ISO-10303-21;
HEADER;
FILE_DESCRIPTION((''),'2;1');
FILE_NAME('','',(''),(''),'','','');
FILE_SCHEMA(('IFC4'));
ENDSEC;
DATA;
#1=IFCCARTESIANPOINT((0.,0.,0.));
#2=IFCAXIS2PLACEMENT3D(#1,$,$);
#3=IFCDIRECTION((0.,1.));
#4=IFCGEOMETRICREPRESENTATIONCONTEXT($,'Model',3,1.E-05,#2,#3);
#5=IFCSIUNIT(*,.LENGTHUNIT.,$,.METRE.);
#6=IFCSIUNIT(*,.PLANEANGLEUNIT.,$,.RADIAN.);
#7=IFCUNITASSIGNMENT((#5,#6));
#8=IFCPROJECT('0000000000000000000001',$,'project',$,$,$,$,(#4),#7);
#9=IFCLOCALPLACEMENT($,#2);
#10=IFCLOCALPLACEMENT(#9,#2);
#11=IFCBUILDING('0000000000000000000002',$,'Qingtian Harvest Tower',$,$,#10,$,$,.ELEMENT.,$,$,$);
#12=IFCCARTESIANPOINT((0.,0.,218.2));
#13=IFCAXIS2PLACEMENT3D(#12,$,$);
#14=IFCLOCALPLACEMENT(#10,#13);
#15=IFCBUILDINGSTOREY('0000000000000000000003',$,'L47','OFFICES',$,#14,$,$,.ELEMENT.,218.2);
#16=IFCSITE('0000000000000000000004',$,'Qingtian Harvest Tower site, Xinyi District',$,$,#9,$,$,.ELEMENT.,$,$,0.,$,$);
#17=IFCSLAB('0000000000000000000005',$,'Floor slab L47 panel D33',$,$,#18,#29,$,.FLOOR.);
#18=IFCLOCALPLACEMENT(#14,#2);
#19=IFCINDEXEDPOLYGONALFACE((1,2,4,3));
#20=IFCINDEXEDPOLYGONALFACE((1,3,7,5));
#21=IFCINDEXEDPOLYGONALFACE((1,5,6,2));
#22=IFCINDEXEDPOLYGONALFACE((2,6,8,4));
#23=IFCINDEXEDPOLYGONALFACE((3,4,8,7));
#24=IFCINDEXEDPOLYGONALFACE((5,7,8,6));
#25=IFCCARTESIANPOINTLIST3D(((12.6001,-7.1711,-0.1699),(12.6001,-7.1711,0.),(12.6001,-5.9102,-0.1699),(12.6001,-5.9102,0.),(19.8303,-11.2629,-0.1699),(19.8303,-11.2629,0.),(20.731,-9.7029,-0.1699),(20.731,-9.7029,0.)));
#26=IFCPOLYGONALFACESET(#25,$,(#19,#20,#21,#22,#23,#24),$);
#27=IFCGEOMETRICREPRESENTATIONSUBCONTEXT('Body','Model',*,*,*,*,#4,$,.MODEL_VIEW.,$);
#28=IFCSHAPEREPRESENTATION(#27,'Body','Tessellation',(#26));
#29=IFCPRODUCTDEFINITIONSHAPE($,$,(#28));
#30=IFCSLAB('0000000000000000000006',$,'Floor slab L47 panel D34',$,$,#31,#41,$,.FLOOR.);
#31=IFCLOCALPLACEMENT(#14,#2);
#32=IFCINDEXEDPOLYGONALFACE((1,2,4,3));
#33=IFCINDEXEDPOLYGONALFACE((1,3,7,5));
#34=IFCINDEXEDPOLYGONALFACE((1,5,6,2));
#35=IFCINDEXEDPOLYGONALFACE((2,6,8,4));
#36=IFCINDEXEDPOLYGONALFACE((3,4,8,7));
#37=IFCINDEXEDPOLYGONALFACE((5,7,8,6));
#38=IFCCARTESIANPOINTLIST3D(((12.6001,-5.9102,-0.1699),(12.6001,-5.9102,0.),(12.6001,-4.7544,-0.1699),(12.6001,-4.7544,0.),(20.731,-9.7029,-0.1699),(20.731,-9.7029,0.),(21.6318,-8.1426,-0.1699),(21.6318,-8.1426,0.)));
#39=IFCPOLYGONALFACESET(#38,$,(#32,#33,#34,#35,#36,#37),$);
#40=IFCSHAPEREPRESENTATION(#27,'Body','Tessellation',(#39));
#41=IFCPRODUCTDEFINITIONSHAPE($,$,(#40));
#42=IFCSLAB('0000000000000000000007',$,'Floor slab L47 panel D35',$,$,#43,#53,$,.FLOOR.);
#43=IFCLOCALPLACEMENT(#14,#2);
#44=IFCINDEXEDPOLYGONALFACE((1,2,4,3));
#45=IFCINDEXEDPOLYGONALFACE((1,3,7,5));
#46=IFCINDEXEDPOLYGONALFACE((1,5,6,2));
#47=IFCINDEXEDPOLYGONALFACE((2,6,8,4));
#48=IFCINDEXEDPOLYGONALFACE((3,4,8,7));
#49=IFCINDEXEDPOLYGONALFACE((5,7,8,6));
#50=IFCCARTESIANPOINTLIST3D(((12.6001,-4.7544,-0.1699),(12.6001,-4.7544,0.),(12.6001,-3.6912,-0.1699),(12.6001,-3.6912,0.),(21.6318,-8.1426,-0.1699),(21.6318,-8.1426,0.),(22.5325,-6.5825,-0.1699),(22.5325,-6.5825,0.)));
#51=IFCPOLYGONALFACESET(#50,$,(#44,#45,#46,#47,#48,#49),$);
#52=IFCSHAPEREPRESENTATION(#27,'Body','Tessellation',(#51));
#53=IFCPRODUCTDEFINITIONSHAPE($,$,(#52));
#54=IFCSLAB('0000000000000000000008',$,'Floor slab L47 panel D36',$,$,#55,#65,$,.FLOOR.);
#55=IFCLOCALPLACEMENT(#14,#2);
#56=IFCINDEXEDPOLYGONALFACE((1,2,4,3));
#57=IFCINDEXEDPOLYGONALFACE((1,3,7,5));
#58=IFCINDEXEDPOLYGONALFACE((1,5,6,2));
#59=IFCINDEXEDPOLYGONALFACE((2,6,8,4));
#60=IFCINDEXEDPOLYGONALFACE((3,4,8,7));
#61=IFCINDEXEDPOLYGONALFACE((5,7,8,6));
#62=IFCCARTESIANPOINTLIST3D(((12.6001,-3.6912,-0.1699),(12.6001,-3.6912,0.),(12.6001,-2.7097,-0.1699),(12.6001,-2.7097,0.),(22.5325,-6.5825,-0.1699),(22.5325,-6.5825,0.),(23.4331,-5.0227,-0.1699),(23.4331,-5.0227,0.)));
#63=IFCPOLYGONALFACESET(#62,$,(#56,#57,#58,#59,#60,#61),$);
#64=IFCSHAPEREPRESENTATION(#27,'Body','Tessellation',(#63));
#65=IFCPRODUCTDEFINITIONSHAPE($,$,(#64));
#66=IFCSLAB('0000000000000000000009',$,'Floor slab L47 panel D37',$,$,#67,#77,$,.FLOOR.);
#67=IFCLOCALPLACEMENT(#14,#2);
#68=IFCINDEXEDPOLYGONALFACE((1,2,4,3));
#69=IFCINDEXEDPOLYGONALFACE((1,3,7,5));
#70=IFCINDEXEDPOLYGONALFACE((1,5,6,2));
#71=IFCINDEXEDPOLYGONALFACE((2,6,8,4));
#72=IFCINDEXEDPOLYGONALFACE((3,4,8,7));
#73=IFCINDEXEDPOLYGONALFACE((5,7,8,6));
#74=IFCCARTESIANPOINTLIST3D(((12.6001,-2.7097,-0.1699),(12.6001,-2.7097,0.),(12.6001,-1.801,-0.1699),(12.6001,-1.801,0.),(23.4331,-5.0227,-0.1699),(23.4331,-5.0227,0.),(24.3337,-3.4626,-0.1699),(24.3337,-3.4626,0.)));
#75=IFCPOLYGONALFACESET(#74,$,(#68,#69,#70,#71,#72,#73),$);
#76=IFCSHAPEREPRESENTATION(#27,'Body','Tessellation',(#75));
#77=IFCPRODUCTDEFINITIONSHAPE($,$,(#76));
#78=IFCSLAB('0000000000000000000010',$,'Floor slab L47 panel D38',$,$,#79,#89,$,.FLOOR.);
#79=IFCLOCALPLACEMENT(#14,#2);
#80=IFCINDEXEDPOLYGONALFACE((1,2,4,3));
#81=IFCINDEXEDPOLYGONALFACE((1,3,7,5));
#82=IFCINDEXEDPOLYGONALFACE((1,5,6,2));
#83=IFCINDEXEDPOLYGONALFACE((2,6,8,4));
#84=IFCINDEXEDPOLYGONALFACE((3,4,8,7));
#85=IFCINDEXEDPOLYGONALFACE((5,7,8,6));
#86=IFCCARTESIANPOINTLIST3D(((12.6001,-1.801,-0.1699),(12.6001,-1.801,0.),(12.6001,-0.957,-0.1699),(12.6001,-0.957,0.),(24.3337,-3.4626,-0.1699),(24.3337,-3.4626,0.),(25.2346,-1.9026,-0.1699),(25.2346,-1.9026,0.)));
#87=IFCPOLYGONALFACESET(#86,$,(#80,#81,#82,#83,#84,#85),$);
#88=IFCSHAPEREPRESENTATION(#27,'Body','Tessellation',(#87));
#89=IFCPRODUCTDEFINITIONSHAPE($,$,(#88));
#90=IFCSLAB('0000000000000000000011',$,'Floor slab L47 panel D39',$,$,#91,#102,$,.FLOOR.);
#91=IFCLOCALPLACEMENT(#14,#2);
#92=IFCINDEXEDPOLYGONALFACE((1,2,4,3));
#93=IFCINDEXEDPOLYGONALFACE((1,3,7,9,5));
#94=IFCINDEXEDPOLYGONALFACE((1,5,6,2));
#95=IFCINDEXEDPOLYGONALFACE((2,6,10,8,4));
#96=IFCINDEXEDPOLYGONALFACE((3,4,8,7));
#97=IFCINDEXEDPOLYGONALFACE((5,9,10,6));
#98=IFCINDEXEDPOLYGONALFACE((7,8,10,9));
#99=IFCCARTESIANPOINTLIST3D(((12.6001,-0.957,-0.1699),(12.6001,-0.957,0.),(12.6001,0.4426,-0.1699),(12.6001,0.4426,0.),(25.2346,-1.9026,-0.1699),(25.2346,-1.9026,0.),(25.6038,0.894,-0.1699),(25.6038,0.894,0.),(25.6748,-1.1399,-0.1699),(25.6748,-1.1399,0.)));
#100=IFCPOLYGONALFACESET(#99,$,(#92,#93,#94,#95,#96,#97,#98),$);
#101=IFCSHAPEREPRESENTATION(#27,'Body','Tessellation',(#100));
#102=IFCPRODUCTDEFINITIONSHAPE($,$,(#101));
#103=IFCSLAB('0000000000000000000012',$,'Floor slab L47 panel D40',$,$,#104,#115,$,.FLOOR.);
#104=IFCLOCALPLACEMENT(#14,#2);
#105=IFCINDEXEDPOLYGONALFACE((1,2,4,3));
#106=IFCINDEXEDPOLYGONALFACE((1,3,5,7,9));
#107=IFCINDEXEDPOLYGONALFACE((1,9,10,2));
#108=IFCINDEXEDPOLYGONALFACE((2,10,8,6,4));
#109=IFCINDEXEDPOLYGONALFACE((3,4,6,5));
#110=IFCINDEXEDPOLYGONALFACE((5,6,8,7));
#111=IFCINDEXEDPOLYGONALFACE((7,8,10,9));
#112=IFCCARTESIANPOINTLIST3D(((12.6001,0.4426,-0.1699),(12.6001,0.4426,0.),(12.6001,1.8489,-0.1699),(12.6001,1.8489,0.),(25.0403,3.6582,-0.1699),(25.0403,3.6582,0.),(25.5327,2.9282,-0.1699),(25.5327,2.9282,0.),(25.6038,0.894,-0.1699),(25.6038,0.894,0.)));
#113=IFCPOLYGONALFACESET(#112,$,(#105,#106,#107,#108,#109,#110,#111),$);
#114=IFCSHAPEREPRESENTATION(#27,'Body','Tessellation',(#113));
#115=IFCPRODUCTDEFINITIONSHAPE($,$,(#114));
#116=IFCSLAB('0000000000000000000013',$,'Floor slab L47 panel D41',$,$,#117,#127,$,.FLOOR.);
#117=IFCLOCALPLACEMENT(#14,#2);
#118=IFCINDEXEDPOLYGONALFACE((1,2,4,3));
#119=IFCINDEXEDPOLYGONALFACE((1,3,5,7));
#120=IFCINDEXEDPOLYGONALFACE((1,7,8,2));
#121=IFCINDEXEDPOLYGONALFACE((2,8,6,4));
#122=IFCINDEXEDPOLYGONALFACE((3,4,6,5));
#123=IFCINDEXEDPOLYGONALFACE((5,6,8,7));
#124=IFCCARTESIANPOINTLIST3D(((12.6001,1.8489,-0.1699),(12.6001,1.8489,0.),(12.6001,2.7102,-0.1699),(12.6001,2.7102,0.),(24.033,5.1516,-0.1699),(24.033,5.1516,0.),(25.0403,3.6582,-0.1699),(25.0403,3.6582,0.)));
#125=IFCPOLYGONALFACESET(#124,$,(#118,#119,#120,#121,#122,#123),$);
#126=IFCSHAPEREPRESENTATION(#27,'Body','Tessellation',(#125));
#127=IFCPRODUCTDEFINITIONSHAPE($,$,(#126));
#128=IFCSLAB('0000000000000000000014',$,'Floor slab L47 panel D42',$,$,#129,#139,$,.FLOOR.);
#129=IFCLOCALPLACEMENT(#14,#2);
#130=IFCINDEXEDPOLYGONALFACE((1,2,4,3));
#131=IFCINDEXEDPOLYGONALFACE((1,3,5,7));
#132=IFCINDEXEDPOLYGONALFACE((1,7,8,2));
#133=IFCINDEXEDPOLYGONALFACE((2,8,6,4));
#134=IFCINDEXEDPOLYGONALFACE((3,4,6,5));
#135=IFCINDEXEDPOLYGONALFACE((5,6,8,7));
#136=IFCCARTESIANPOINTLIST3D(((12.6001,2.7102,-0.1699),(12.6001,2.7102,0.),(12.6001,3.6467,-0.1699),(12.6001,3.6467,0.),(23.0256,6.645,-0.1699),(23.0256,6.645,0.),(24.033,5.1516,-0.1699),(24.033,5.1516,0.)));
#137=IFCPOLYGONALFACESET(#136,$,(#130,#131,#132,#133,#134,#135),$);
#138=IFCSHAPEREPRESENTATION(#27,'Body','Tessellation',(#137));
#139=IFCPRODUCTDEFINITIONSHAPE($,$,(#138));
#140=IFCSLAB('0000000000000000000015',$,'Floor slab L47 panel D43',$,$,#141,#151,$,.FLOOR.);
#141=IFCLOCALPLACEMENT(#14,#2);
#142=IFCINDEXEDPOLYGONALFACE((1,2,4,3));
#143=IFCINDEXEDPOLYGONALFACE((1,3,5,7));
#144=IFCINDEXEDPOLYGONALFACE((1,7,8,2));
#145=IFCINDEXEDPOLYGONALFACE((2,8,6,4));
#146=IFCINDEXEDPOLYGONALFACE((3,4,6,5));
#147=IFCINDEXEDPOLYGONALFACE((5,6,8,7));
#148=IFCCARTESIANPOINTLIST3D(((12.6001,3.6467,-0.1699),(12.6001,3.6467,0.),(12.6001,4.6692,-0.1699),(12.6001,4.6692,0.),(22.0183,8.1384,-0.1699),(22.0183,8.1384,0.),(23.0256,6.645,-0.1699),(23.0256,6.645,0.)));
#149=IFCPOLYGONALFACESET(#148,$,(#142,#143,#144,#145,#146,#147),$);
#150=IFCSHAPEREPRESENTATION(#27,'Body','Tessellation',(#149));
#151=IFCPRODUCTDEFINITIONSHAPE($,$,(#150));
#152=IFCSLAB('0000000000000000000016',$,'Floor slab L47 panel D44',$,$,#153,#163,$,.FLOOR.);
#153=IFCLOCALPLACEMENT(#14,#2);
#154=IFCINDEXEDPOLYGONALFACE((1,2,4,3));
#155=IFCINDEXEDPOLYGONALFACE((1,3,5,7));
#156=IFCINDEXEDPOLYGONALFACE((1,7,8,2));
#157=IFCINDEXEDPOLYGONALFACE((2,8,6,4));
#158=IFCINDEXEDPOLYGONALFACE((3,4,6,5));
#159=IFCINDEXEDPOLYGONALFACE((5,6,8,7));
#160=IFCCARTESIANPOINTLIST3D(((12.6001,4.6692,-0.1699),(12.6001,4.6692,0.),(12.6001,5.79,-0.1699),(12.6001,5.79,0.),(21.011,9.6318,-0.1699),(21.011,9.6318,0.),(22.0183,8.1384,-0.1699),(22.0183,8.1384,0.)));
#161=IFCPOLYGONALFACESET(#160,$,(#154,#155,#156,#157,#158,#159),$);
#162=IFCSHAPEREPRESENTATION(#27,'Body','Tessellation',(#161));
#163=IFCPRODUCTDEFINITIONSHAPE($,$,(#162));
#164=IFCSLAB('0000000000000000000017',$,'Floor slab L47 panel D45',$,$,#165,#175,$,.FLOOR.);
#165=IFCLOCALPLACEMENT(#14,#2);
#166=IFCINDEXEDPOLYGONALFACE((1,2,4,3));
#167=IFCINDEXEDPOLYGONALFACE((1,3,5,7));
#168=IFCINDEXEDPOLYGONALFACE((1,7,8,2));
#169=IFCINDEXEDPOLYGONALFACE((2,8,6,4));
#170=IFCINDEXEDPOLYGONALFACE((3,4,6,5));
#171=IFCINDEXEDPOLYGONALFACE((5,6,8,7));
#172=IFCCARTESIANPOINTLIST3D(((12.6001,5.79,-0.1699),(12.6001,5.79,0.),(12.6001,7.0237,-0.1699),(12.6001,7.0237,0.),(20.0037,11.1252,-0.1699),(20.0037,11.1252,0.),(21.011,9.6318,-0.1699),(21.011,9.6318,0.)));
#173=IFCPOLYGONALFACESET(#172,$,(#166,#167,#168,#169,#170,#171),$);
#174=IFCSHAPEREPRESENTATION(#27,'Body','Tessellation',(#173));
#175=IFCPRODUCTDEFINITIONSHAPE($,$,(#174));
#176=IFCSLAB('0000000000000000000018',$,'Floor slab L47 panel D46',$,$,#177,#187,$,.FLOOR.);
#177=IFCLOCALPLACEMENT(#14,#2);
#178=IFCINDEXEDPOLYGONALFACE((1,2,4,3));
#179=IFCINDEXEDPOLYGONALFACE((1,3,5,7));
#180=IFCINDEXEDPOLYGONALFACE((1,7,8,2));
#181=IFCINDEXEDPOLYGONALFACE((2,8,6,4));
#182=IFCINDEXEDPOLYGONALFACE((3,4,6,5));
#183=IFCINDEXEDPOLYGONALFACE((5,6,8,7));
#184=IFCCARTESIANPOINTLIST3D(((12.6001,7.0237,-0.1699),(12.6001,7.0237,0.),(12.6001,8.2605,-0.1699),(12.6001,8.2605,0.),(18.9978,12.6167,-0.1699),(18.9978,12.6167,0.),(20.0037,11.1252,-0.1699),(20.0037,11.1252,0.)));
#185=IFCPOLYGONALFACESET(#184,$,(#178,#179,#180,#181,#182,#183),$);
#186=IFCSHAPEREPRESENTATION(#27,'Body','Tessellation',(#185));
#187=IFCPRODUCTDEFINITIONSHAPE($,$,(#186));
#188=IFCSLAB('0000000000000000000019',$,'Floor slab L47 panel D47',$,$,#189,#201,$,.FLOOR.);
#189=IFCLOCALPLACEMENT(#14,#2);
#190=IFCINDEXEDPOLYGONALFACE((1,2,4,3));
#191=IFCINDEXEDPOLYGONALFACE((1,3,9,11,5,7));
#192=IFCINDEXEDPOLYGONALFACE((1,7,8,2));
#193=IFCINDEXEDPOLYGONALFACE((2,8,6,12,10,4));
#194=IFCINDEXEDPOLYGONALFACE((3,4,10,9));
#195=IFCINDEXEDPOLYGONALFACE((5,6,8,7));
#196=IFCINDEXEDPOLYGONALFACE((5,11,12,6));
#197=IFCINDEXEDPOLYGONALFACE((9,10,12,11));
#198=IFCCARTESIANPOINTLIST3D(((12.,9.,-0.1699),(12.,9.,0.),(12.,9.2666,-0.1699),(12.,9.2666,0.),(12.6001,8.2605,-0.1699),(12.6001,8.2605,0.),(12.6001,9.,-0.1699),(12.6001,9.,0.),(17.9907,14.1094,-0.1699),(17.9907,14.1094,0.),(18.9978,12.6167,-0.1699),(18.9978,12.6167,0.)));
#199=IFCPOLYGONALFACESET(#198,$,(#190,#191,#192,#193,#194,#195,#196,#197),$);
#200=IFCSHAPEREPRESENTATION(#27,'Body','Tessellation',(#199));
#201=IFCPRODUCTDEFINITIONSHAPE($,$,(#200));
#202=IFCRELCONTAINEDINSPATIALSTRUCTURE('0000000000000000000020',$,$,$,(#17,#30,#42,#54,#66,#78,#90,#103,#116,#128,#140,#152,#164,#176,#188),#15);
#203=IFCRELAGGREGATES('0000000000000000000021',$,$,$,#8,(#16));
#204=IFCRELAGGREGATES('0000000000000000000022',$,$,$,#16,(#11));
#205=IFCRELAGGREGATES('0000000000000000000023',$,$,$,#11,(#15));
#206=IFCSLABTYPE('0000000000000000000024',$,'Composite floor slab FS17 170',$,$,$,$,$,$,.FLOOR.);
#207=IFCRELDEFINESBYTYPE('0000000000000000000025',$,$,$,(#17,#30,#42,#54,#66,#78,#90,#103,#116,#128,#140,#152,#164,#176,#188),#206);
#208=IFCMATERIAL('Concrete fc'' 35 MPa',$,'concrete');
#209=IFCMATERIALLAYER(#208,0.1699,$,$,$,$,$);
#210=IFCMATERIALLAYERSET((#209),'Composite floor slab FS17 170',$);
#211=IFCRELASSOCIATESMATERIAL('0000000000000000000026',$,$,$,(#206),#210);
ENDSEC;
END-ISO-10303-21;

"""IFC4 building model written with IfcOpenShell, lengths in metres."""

from ifc_helpers import new_model, si_unit, direction, frame, origin, place, context, subcontext, project, spatial, polyline, outline, extrude, material, layer, layer_set, type_object, element, save


model = new_model("IFC4")

# Units and contexts
model_context = context("Model", 3, precision=1e-05, world=origin(), true_north=direction((0.0, 1.0)))
body_context = subcontext(model_context, "Body", "Model", "MODEL_VIEW")
ifc_project = project(units=[si_unit("LENGTHUNIT", "METRE"), si_unit("PLANEANGLEUNIT", "RADIAN")], contexts=[model_context])

# Site, building, storey
site_placement = place(None, origin())
site = spatial("IfcSite", under=ifc_project, at=site_placement, Name="Qingtian Harvest Tower site, Xinyi District", CompositionType="ELEMENT", RefElevation=0.0)
building_placement = place(site_placement, origin())
building = spatial("IfcBuilding", under=site, at=building_placement, Name="Qingtian Harvest Tower", CompositionType="ELEMENT")
storey_placement = place(building_placement, frame((0.0, 0.0, 218.2)))
storey = spatial("IfcBuildingStorey", under=building, at=storey_placement, Name="L47", Description="OFFICES", CompositionType="ELEMENT", Elevation=218.2)

# Slabs
ifc_material_1 = material(Name="Concrete fc' 35 MPa", Category="concrete")
ifc_layer_1 = layer(ifc_material_1, 0.1699)
ifc_layer_set_1 = layer_set([ifc_layer_1], Name="Composite floor slab FS17 170")
slab_type = type_object("IfcSlabType", Name="Composite floor slab FS17 170", PredefinedType="FLOOR", material=ifc_layer_set_1)
slab_1_placement = place(storey_placement, frame((0.0, 0.0, -0.1699)))
element("IfcSlab", 1, at=slab_1_placement, inside=storey, type_object=slab_type, Name="Floor slab L47 panel D33", PredefinedType="FLOOR", context=body_context, shape_type="SweptSolid", body=[
    extrude(outline(polyline([(12.6001, -5.9102), (20.731, -9.7029), (19.8303, -11.2629), (12.6001, -7.1711), (12.6001, -5.9102)])), origin(), (0.0, 0.0, 1.0), 0.1699),
])
slab_2_placement = place(storey_placement, frame((0.0, 0.0, -0.1699)))
element("IfcSlab", 2, at=slab_2_placement, inside=storey, type_object=slab_type, Name="Floor slab L47 panel D34", PredefinedType="FLOOR", context=body_context, shape_type="SweptSolid", body=[
    extrude(outline(polyline([(12.6001, -4.7544), (21.6318, -8.1426), (20.731, -9.7029), (12.6001, -5.9102), (12.6001, -4.7544)])), origin(), (0.0, 0.0, 1.0), 0.1699),
])
slab_3_placement = place(storey_placement, frame((0.0, 0.0, -0.1699)))
element("IfcSlab", 3, at=slab_3_placement, inside=storey, type_object=slab_type, Name="Floor slab L47 panel D35", PredefinedType="FLOOR", context=body_context, shape_type="SweptSolid", body=[
    extrude(outline(polyline([(12.6001, -3.6912), (22.5325, -6.5825), (21.6318, -8.1426), (12.6001, -4.7544), (12.6001, -3.6912)])), origin(), (0.0, 0.0, 1.0), 0.1699),
])
slab_4_placement = place(storey_placement, frame((0.0, 0.0, -0.1699)))
element("IfcSlab", 4, at=slab_4_placement, inside=storey, type_object=slab_type, Name="Floor slab L47 panel D36", PredefinedType="FLOOR", context=body_context, shape_type="SweptSolid", body=[
    extrude(outline(polyline([(12.6001, -2.7097), (23.4331, -5.0227), (22.5325, -6.5825), (12.6001, -3.6912), (12.6001, -2.7097)])), origin(), (0.0, 0.0, 1.0), 0.1699),
])
slab_5_placement = place(storey_placement, frame((0.0, 0.0, -0.1699)))
element("IfcSlab", 5, at=slab_5_placement, inside=storey, type_object=slab_type, Name="Floor slab L47 panel D37", PredefinedType="FLOOR", context=body_context, shape_type="SweptSolid", body=[
    extrude(outline(polyline([(12.6001, -1.801), (24.3337, -3.4626), (23.4331, -5.0227), (12.6001, -2.7097), (12.6001, -1.801)])), origin(), (0.0, 0.0, 1.0), 0.1699),
])
slab_6_placement = place(storey_placement, frame((0.0, 0.0, -0.1699)))
element("IfcSlab", 6, at=slab_6_placement, inside=storey, type_object=slab_type, Name="Floor slab L47 panel D38", PredefinedType="FLOOR", context=body_context, shape_type="SweptSolid", body=[
    extrude(outline(polyline([(12.6001, -0.957), (25.2346, -1.9026), (24.3337, -3.4626), (12.6001, -1.801), (12.6001, -0.957)])), origin(), (0.0, 0.0, 1.0), 0.1699),
])
slab_7_placement = place(storey_placement, frame((0.0, 0.0, -0.1699)))
element("IfcSlab", 7, at=slab_7_placement, inside=storey, type_object=slab_type, Name="Floor slab L47 panel D39", PredefinedType="FLOOR", context=body_context, shape_type="SweptSolid", body=[
    extrude(outline(polyline([(12.6001, -0.957), (12.6001, 0.4426), (25.6038, 0.894), (25.6748, -1.1399), (25.2346, -1.9026), (12.6001, -0.957)])), origin(), (0.0, 0.0, 1.0), 0.1699),
])
slab_8_placement = place(storey_placement, frame((0.0, 0.0, -0.1699)))
element("IfcSlab", 8, at=slab_8_placement, inside=storey, type_object=slab_type, Name="Floor slab L47 panel D40", PredefinedType="FLOOR", context=body_context, shape_type="SweptSolid", body=[
    extrude(outline(polyline([(12.6001, 0.4426), (12.6001, 1.8489), (25.0403, 3.6582), (25.5327, 2.9282), (25.6038, 0.894), (12.6001, 0.4426)])), origin(), (0.0, 0.0, 1.0), 0.1699),
])
slab_9_placement = place(storey_placement, frame((0.0, 0.0, -0.1699)))
element("IfcSlab", 9, at=slab_9_placement, inside=storey, type_object=slab_type, Name="Floor slab L47 panel D41", PredefinedType="FLOOR", context=body_context, shape_type="SweptSolid", body=[
    extrude(outline(polyline([(12.6001, 2.7102), (24.033, 5.1516), (25.0403, 3.6582), (12.6001, 1.8489), (12.6001, 2.7102)])), origin(), (0.0, 0.0, 1.0), 0.1699),
])
slab_10_placement = place(storey_placement, frame((0.0, 0.0, -0.1699)))
element("IfcSlab", 10, at=slab_10_placement, inside=storey, type_object=slab_type, Name="Floor slab L47 panel D42", PredefinedType="FLOOR", context=body_context, shape_type="SweptSolid", body=[
    extrude(outline(polyline([(12.6001, 3.6467), (23.0256, 6.645), (24.033, 5.1516), (12.6001, 2.7102), (12.6001, 3.6467)])), origin(), (0.0, 0.0, 1.0), 0.1699),
])
slab_11_placement = place(storey_placement, frame((0.0, 0.0, -0.1699)))
element("IfcSlab", 11, at=slab_11_placement, inside=storey, type_object=slab_type, Name="Floor slab L47 panel D43", PredefinedType="FLOOR", context=body_context, shape_type="SweptSolid", body=[
    extrude(outline(polyline([(12.6001, 4.6692), (22.0183, 8.1384), (23.0256, 6.645), (12.6001, 3.6467), (12.6001, 4.6692)])), origin(), (0.0, 0.0, 1.0), 0.1699),
])
slab_12_placement = place(storey_placement, frame((0.0, 0.0, -0.1699)))
element("IfcSlab", 12, at=slab_12_placement, inside=storey, type_object=slab_type, Name="Floor slab L47 panel D44", PredefinedType="FLOOR", context=body_context, shape_type="SweptSolid", body=[
    extrude(outline(polyline([(12.6001, 5.79), (21.011, 9.6318), (22.0183, 8.1384), (12.6001, 4.6692), (12.6001, 5.79)])), origin(), (0.0, 0.0, 1.0), 0.1699),
])
slab_13_placement = place(storey_placement, frame((0.0, 0.0, -0.1699)))
element("IfcSlab", 13, at=slab_13_placement, inside=storey, type_object=slab_type, Name="Floor slab L47 panel D45", PredefinedType="FLOOR", context=body_context, shape_type="SweptSolid", body=[
    extrude(outline(polyline([(12.6001, 7.0237), (20.0037, 11.1252), (21.011, 9.6318), (12.6001, 5.79), (12.6001, 7.0237)])), origin(), (0.0, 0.0, 1.0), 0.1699),
])
slab_14_placement = place(storey_placement, frame((0.0, 0.0, -0.1699)))
element("IfcSlab", 14, at=slab_14_placement, inside=storey, type_object=slab_type, Name="Floor slab L47 panel D46", PredefinedType="FLOOR", context=body_context, shape_type="SweptSolid", body=[
    extrude(outline(polyline([(12.6001, 8.2605), (18.9978, 12.6167), (20.0037, 11.1252), (12.6001, 7.0237), (12.6001, 8.2605)])), origin(), (0.0, 0.0, 1.0), 0.1699),
])
slab_15_placement = place(storey_placement, frame((0.0, 0.0, -0.1699)))
element("IfcSlab", 15, at=slab_15_placement, inside=storey, type_object=slab_type, Name="Floor slab L47 panel D47", PredefinedType="FLOOR", context=body_context, shape_type="SweptSolid", body=[
    extrude(outline(polyline([(12.6001, 9.0), (12.0, 9.0), (12.0, 9.2666), (17.9907, 14.1094), (18.9978, 12.6167), (12.6001, 8.2605), (12.6001, 9.0)])), origin(), (0.0, 0.0, 1.0), 0.1699),
])

save(model, "model.ifc")
